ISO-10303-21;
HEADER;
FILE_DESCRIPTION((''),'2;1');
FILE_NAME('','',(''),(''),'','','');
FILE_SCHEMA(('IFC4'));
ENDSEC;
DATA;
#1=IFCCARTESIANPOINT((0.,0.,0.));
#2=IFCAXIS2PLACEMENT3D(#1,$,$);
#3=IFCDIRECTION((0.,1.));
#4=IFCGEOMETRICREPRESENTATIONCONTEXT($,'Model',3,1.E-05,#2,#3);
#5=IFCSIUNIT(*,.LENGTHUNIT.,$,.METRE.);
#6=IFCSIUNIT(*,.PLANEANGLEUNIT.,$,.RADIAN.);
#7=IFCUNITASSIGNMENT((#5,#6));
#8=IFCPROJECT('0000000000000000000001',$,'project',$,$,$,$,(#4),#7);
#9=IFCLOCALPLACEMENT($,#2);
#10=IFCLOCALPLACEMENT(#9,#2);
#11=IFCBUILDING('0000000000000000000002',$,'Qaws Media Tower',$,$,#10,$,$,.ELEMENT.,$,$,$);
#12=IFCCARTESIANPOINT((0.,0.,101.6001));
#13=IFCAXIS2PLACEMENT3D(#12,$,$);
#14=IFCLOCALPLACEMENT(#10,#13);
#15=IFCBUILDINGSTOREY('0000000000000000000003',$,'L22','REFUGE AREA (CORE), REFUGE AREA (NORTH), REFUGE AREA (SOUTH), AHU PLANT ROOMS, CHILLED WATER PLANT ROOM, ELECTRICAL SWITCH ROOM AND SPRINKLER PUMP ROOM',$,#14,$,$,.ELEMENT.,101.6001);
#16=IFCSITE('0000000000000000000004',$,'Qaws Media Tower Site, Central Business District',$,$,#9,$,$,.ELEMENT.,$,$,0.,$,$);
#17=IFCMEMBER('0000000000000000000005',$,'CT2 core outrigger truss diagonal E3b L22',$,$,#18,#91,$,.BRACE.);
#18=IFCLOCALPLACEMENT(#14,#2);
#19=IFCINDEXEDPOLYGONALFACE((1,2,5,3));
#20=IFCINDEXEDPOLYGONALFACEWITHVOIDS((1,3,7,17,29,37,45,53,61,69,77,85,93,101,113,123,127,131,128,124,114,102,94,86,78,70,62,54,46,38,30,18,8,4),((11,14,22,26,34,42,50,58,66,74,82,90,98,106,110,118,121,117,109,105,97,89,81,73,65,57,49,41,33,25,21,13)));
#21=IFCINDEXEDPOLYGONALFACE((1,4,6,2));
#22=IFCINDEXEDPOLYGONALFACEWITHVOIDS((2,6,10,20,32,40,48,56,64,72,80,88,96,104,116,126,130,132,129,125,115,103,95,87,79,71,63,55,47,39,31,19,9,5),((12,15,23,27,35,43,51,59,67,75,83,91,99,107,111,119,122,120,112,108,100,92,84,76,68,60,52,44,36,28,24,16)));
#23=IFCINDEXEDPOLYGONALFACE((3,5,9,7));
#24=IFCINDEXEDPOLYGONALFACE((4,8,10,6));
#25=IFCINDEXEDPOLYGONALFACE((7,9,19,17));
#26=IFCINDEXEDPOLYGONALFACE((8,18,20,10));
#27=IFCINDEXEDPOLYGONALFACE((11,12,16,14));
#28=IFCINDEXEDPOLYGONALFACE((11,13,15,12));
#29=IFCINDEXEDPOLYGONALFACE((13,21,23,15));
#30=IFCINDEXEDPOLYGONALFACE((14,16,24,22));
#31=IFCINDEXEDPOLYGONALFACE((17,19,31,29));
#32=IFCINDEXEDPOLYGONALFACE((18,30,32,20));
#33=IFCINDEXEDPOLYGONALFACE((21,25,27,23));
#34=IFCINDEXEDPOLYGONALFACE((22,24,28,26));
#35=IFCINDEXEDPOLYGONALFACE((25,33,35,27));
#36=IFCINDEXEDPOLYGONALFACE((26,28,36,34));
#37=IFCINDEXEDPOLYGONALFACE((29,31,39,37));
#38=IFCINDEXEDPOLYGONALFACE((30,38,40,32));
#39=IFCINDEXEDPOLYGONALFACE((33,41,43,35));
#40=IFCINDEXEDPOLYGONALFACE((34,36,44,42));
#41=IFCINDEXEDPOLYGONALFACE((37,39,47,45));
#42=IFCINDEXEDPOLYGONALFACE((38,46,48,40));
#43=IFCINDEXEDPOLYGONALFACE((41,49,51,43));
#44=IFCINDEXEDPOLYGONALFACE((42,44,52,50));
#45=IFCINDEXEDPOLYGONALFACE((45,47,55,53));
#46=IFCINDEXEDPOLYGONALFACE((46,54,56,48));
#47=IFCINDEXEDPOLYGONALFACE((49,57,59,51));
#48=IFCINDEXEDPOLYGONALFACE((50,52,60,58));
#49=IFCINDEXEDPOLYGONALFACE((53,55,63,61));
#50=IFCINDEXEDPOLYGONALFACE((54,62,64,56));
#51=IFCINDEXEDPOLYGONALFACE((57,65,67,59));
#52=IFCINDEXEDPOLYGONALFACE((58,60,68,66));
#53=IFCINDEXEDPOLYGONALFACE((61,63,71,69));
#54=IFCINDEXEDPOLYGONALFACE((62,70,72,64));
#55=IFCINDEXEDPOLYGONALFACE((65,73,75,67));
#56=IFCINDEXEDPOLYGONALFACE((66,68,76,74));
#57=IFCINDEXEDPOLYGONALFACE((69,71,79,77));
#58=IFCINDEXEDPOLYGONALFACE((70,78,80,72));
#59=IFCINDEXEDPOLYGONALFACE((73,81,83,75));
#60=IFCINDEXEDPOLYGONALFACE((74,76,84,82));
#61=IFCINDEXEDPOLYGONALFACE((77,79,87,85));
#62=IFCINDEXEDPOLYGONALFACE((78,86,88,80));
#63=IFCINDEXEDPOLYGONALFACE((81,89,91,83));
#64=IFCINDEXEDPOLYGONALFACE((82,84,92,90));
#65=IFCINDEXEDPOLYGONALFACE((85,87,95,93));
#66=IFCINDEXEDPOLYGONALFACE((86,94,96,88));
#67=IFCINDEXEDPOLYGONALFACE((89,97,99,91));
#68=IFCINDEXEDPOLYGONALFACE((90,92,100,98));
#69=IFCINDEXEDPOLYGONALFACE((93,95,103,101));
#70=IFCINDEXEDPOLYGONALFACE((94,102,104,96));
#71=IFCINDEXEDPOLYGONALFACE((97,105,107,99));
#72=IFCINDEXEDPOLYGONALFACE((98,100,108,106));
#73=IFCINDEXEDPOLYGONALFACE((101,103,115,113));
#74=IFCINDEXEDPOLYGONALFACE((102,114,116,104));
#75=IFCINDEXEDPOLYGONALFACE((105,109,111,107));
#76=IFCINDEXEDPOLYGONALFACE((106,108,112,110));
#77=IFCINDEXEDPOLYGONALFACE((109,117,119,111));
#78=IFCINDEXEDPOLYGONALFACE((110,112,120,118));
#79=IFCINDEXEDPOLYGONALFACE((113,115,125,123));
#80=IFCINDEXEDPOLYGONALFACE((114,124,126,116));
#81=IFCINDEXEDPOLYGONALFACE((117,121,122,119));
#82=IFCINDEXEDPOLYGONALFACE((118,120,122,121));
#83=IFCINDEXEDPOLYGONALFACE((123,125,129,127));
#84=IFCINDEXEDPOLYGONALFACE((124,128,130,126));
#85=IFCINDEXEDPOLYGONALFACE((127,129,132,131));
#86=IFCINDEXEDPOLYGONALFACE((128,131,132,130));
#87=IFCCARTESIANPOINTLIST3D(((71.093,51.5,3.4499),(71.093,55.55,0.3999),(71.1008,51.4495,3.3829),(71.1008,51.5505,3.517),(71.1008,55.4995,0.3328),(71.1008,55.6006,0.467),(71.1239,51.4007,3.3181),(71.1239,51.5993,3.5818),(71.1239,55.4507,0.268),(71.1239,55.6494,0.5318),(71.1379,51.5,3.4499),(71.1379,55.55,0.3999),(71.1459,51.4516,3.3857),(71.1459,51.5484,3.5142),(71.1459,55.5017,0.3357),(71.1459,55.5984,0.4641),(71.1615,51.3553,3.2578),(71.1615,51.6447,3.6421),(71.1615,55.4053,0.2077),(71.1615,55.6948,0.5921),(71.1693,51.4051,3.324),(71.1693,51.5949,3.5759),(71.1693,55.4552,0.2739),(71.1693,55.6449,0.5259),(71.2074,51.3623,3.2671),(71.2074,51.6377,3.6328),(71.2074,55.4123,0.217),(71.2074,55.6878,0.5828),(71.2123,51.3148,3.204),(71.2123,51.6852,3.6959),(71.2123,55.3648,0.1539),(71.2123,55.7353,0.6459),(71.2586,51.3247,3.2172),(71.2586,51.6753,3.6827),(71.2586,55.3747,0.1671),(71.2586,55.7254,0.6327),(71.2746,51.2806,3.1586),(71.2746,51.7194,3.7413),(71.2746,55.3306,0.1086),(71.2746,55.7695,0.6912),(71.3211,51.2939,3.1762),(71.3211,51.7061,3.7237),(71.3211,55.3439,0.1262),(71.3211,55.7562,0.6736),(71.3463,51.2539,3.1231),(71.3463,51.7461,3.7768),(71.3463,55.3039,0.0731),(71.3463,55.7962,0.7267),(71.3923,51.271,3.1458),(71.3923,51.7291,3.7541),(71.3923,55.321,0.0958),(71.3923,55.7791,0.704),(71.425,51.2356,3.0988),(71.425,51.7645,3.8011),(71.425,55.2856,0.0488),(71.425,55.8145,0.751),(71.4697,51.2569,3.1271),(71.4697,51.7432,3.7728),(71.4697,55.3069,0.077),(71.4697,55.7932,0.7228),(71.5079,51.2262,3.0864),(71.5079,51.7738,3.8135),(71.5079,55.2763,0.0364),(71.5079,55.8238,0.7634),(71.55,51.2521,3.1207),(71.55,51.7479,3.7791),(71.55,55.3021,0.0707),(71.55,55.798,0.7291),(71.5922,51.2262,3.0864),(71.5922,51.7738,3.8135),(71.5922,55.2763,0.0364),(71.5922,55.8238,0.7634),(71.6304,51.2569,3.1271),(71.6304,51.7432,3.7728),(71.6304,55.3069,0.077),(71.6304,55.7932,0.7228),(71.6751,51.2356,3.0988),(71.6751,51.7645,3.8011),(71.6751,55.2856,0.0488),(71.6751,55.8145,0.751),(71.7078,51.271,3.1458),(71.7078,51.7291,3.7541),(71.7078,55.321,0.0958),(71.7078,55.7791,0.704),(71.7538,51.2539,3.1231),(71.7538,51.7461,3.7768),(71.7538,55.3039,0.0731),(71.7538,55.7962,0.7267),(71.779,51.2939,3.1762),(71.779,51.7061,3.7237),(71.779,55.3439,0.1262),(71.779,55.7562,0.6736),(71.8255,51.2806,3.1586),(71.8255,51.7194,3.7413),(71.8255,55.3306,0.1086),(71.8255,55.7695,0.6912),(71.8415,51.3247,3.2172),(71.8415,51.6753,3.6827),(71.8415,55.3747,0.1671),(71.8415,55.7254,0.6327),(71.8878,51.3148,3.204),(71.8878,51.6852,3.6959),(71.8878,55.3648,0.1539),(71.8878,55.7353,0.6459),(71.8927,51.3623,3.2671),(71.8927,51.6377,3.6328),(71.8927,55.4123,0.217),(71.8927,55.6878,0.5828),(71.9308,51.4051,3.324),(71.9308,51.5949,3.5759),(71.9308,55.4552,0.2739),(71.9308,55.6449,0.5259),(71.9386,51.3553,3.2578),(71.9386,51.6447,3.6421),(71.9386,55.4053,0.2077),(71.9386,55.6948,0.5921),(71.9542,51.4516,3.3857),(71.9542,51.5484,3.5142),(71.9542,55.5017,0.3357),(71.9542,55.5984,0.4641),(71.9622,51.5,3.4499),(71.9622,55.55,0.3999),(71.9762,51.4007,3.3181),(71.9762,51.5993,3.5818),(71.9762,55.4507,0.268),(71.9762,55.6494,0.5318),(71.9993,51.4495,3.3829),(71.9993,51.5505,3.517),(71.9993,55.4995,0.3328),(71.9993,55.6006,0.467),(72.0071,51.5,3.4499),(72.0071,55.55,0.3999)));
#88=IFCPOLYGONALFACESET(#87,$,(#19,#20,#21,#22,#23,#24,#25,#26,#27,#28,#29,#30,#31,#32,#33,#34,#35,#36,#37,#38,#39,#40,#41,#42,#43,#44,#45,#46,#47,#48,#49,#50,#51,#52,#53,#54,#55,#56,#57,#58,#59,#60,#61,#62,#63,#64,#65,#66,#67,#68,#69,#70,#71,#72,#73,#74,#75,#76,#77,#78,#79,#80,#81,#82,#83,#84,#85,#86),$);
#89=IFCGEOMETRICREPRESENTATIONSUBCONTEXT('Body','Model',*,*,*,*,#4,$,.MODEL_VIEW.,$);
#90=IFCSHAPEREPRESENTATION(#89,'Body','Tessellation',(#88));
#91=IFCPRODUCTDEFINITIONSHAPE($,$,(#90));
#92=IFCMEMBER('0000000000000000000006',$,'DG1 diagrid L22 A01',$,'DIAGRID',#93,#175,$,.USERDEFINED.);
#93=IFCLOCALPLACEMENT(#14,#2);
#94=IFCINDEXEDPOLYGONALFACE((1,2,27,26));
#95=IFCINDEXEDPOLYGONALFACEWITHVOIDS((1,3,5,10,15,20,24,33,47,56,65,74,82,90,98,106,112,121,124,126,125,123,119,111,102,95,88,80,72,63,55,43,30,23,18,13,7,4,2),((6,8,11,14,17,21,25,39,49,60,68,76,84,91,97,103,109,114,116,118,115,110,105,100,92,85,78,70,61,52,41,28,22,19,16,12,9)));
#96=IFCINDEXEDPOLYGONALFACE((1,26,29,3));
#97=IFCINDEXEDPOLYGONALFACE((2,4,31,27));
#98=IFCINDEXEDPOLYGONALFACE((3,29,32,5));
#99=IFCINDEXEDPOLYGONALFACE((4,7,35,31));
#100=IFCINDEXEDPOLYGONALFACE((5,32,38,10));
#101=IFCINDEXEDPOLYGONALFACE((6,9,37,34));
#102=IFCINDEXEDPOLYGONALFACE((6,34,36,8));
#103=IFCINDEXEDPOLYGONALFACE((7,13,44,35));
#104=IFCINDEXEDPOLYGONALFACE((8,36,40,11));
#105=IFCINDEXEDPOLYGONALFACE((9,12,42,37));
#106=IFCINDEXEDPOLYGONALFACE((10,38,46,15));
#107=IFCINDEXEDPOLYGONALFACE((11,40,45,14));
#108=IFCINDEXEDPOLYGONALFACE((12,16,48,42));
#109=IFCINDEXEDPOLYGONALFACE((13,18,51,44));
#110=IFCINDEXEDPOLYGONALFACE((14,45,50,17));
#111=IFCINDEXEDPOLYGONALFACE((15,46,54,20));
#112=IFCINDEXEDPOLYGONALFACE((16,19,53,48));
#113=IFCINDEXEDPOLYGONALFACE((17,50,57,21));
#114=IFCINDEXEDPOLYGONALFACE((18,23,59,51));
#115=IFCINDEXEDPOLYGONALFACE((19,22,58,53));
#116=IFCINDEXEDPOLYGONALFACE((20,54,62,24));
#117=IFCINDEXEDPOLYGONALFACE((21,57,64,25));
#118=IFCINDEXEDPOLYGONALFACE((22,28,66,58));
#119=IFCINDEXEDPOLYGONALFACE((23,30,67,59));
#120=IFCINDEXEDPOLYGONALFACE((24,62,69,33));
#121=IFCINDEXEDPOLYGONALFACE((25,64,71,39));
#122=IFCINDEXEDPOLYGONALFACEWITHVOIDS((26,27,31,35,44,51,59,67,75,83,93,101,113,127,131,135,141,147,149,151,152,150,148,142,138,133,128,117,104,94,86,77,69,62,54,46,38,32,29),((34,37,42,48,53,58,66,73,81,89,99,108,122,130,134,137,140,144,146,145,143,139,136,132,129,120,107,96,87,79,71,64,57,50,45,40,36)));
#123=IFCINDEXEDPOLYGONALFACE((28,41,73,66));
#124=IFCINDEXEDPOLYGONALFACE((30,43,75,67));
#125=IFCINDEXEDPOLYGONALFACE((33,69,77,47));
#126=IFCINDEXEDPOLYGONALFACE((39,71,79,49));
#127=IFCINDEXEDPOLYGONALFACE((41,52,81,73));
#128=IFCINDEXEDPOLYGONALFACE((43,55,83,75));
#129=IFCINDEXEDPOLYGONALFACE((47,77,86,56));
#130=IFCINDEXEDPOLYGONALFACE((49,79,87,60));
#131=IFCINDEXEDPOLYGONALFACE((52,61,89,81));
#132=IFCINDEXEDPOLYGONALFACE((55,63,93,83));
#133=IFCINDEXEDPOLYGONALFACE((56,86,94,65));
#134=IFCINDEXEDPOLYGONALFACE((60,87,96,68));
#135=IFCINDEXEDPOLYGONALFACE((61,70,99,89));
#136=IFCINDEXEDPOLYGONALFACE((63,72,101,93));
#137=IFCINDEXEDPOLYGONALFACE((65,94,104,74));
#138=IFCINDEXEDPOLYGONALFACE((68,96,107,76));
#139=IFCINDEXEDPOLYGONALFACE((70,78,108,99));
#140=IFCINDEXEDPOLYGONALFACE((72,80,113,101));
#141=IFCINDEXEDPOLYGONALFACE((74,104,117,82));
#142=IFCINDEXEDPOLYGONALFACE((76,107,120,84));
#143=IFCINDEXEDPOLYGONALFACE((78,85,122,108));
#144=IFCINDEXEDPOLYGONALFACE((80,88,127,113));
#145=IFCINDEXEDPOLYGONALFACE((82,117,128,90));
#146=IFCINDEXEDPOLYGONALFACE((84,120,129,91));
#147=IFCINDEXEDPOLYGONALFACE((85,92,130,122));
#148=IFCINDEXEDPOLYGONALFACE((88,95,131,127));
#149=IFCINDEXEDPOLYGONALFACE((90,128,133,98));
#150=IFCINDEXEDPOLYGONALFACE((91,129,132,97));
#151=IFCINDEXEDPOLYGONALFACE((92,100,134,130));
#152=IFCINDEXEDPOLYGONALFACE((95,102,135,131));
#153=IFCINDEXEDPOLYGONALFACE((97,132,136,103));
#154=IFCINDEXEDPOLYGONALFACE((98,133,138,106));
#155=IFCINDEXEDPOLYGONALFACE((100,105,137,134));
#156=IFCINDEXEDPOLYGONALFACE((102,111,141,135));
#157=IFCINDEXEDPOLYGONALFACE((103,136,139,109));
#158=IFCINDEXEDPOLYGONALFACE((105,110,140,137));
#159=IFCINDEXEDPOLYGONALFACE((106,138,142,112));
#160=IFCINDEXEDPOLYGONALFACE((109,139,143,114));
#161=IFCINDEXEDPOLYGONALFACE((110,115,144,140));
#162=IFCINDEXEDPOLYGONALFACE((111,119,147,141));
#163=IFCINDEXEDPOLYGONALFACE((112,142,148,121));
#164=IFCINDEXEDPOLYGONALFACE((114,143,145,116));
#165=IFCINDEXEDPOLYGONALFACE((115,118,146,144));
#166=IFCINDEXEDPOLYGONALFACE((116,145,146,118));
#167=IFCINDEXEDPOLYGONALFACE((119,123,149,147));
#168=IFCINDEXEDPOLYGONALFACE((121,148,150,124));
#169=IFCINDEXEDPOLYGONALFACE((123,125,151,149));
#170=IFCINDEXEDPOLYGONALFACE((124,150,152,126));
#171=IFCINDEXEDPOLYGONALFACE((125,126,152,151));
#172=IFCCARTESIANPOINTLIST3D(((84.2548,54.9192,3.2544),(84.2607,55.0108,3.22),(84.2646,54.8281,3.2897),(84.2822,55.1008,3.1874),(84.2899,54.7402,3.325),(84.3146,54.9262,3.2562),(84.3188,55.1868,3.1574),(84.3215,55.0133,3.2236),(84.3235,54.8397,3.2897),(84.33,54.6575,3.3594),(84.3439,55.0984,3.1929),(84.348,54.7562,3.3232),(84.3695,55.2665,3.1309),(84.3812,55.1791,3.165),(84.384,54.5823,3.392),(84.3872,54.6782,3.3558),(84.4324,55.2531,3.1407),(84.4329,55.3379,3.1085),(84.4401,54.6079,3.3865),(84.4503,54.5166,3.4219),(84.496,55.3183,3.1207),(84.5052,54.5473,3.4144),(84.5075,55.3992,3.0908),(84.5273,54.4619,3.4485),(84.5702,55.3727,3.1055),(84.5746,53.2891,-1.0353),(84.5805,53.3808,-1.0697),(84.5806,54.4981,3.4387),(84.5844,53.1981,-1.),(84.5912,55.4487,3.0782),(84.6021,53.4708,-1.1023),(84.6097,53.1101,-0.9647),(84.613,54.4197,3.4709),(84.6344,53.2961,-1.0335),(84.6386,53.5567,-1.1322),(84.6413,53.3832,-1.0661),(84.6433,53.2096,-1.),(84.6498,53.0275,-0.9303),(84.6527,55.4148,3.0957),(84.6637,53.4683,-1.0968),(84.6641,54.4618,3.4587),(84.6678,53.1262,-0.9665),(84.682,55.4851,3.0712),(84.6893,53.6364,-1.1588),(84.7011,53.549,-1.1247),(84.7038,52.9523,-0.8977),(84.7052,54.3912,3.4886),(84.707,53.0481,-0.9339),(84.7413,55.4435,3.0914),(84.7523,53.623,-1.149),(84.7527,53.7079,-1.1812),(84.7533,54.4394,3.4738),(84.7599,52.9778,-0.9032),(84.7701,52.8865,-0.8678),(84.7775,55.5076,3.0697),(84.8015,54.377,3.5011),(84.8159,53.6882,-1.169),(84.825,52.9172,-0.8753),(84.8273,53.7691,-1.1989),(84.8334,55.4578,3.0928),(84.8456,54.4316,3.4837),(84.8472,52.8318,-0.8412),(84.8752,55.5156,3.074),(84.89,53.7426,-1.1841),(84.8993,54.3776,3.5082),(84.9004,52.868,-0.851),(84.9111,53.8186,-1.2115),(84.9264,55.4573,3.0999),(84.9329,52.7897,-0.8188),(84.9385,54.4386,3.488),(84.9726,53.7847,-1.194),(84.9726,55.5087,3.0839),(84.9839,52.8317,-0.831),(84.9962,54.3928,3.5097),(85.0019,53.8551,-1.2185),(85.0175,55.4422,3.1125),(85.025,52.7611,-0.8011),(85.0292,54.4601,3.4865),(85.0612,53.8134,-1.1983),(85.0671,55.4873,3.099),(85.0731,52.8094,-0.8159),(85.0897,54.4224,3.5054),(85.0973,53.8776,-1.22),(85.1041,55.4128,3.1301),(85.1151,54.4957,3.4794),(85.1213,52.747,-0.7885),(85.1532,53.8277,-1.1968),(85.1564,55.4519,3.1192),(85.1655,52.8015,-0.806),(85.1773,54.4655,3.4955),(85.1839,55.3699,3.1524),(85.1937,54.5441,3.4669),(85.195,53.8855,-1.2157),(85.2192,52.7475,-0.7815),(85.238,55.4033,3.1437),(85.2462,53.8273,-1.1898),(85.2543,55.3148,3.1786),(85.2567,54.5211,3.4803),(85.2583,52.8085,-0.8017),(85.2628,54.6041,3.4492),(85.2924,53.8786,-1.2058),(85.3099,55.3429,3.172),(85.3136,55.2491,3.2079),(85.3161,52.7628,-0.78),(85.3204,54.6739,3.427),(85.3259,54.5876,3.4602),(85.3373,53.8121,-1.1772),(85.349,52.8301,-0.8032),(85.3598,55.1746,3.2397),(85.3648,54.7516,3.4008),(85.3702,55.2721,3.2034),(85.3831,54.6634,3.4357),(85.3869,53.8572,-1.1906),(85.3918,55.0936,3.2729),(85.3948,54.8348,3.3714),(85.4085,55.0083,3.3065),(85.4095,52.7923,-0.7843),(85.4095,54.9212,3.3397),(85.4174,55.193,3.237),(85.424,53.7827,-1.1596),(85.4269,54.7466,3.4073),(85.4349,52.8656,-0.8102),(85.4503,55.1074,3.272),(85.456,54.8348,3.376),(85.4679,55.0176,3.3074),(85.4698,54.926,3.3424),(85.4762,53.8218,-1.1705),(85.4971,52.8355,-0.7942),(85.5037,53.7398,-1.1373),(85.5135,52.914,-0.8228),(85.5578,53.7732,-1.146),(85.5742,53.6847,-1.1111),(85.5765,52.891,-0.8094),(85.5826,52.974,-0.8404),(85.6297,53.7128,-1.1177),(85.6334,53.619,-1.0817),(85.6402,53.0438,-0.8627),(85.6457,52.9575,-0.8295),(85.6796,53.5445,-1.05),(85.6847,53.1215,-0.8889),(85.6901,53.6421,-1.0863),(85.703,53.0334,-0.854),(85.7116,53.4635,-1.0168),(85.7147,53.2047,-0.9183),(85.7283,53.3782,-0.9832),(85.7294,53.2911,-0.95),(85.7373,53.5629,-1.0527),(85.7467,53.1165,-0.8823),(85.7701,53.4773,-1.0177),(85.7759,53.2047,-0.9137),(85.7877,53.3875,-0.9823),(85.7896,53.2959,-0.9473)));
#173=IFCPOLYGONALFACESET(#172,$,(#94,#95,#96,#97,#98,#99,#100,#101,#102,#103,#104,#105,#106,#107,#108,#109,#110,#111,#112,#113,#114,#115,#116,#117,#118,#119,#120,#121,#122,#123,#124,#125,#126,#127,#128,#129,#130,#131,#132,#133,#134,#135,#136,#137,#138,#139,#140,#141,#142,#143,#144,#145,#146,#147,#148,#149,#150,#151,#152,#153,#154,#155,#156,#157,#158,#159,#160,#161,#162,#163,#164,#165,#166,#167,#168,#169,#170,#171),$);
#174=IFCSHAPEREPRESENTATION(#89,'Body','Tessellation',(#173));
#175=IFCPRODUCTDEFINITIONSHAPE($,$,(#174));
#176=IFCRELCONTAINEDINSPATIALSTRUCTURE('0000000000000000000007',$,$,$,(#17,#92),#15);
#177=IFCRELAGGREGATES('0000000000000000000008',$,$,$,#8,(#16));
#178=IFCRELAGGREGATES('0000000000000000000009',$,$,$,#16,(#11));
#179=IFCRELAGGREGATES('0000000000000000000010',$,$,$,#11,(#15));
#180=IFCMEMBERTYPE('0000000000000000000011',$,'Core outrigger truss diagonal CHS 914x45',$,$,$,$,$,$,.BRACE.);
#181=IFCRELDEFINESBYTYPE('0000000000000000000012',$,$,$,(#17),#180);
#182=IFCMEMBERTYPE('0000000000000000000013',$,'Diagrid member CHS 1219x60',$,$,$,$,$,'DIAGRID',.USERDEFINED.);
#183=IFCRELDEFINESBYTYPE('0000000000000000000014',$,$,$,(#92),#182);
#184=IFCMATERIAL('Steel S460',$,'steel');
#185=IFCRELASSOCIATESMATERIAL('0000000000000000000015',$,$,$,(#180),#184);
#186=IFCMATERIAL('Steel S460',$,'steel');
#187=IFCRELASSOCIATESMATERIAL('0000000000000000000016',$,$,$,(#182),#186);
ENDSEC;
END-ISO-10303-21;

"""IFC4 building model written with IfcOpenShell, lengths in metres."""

from ifc_helpers import new_model, si_unit, direction, frame, origin, origin_2d, place, context, subcontext, project, spatial, hollow_circle, extrude, material, material_profile, profile_set, type_object, element, save


model = new_model("IFC4")

# Units and contexts
model_context = context("Model", 3, precision=1e-05, world=origin(), true_north=direction((0.0, 1.0)))
body_context = subcontext(model_context, "Body", "Model", "MODEL_VIEW")
ifc_project = project(units=[si_unit("LENGTHUNIT", "METRE"), si_unit("PLANEANGLEUNIT", "RADIAN")], contexts=[model_context])

# Site, building, storey
site_placement = place(None, origin())
site = spatial("IfcSite", under=ifc_project, at=site_placement, Name="Qaws Media Tower Site, Central Business District", CompositionType="ELEMENT", RefElevation=0.0)
building_placement = place(site_placement, origin())
building = spatial("IfcBuilding", under=site, at=building_placement, Name="Qaws Media Tower", CompositionType="ELEMENT")
storey_placement = place(building_placement, frame((0.0, 0.0, 101.6001)))
storey = spatial("IfcBuildingStorey", under=building, at=storey_placement, Name="L22", Description="REFUGE AREA (CORE), REFUGE AREA (NORTH), REFUGE AREA (SOUTH), AHU PLANT ROOMS, CHILLED WATER PLANT ROOM, ELECTRICAL SWITCH ROOM AND SPRINKLER PUMP ROOM", CompositionType="ELEMENT", Elevation=101.6001)

# Members
ifc_material_1 = material(Name="Steel S460", Category="steel")
ifc_material_profile_1 = material_profile(ifc_material_1, hollow_circle(Radius=0.457, WallThickness=0.0449, at=origin_2d()), Name="CHS 914x45")
ifc_profile_set_1 = profile_set([ifc_material_profile_1], Name="Steel S460")
member_type_1 = type_object("IfcMemberType", Name="Core outrigger truss diagonal CHS 914x45", PredefinedType="BRACE", material=ifc_profile_set_1)
for number, where, z_axis, x_axis, name in (
    (1, (71.55, 55.55, 0.3999), (0.0, -0.798814, 0.601578), (1.0, 0.0, 0.0), "CT2 core outrigger truss diagonal E3b L22"),
):
    element("IfcMember", number, at=place(storey_placement, frame(where, z_axis=z_axis, x_axis=x_axis)), inside=storey, type_object=member_type_1, Name=name, PredefinedType="BRACE", context=body_context, shape_type="SweptSolid", body=[
        extrude(hollow_circle(Radius=0.457, WallThickness=0.0449, at=origin_2d()), origin(), (0.0, 0.0, 1.0), 5.0701),
    ])
ifc_material_2 = material(Name="Steel S460", Category="steel")
ifc_material_profile_2 = material_profile(ifc_material_2, hollow_circle(Radius=0.6096, WallThickness=0.0601, at=origin_2d()), Name="CHS 1219x60")
ifc_profile_set_2 = profile_set([ifc_material_profile_2], Name="Steel S460")
member_type_2 = type_object("IfcMemberType", Name="Diagrid member CHS 1219x60", ElementType="DIAGRID", PredefinedType="USERDEFINED", material=ifc_profile_set_2)
member_1_placement = place(storey_placement, frame((85.1826, 53.3154, -1.0), z_axis=(-0.069524, 0.354359, 0.932521), x_axis=(-0.981292, -0.192525, 0.0)))
element("IfcMember", 2, at=member_1_placement, inside=storey, type_object=member_type_2, Name="DG1 diagrid L22 A01", ObjectType="DIAGRID", PredefinedType="USERDEFINED", context=body_context, shape_type="SweptSolid", body=[
    extrude(hollow_circle(Radius=0.6096, WallThickness=0.0601, at=origin_2d()), origin(), (0.0, 0.0, 1.0), 4.6001),
])

save(model, "model.ifc")
